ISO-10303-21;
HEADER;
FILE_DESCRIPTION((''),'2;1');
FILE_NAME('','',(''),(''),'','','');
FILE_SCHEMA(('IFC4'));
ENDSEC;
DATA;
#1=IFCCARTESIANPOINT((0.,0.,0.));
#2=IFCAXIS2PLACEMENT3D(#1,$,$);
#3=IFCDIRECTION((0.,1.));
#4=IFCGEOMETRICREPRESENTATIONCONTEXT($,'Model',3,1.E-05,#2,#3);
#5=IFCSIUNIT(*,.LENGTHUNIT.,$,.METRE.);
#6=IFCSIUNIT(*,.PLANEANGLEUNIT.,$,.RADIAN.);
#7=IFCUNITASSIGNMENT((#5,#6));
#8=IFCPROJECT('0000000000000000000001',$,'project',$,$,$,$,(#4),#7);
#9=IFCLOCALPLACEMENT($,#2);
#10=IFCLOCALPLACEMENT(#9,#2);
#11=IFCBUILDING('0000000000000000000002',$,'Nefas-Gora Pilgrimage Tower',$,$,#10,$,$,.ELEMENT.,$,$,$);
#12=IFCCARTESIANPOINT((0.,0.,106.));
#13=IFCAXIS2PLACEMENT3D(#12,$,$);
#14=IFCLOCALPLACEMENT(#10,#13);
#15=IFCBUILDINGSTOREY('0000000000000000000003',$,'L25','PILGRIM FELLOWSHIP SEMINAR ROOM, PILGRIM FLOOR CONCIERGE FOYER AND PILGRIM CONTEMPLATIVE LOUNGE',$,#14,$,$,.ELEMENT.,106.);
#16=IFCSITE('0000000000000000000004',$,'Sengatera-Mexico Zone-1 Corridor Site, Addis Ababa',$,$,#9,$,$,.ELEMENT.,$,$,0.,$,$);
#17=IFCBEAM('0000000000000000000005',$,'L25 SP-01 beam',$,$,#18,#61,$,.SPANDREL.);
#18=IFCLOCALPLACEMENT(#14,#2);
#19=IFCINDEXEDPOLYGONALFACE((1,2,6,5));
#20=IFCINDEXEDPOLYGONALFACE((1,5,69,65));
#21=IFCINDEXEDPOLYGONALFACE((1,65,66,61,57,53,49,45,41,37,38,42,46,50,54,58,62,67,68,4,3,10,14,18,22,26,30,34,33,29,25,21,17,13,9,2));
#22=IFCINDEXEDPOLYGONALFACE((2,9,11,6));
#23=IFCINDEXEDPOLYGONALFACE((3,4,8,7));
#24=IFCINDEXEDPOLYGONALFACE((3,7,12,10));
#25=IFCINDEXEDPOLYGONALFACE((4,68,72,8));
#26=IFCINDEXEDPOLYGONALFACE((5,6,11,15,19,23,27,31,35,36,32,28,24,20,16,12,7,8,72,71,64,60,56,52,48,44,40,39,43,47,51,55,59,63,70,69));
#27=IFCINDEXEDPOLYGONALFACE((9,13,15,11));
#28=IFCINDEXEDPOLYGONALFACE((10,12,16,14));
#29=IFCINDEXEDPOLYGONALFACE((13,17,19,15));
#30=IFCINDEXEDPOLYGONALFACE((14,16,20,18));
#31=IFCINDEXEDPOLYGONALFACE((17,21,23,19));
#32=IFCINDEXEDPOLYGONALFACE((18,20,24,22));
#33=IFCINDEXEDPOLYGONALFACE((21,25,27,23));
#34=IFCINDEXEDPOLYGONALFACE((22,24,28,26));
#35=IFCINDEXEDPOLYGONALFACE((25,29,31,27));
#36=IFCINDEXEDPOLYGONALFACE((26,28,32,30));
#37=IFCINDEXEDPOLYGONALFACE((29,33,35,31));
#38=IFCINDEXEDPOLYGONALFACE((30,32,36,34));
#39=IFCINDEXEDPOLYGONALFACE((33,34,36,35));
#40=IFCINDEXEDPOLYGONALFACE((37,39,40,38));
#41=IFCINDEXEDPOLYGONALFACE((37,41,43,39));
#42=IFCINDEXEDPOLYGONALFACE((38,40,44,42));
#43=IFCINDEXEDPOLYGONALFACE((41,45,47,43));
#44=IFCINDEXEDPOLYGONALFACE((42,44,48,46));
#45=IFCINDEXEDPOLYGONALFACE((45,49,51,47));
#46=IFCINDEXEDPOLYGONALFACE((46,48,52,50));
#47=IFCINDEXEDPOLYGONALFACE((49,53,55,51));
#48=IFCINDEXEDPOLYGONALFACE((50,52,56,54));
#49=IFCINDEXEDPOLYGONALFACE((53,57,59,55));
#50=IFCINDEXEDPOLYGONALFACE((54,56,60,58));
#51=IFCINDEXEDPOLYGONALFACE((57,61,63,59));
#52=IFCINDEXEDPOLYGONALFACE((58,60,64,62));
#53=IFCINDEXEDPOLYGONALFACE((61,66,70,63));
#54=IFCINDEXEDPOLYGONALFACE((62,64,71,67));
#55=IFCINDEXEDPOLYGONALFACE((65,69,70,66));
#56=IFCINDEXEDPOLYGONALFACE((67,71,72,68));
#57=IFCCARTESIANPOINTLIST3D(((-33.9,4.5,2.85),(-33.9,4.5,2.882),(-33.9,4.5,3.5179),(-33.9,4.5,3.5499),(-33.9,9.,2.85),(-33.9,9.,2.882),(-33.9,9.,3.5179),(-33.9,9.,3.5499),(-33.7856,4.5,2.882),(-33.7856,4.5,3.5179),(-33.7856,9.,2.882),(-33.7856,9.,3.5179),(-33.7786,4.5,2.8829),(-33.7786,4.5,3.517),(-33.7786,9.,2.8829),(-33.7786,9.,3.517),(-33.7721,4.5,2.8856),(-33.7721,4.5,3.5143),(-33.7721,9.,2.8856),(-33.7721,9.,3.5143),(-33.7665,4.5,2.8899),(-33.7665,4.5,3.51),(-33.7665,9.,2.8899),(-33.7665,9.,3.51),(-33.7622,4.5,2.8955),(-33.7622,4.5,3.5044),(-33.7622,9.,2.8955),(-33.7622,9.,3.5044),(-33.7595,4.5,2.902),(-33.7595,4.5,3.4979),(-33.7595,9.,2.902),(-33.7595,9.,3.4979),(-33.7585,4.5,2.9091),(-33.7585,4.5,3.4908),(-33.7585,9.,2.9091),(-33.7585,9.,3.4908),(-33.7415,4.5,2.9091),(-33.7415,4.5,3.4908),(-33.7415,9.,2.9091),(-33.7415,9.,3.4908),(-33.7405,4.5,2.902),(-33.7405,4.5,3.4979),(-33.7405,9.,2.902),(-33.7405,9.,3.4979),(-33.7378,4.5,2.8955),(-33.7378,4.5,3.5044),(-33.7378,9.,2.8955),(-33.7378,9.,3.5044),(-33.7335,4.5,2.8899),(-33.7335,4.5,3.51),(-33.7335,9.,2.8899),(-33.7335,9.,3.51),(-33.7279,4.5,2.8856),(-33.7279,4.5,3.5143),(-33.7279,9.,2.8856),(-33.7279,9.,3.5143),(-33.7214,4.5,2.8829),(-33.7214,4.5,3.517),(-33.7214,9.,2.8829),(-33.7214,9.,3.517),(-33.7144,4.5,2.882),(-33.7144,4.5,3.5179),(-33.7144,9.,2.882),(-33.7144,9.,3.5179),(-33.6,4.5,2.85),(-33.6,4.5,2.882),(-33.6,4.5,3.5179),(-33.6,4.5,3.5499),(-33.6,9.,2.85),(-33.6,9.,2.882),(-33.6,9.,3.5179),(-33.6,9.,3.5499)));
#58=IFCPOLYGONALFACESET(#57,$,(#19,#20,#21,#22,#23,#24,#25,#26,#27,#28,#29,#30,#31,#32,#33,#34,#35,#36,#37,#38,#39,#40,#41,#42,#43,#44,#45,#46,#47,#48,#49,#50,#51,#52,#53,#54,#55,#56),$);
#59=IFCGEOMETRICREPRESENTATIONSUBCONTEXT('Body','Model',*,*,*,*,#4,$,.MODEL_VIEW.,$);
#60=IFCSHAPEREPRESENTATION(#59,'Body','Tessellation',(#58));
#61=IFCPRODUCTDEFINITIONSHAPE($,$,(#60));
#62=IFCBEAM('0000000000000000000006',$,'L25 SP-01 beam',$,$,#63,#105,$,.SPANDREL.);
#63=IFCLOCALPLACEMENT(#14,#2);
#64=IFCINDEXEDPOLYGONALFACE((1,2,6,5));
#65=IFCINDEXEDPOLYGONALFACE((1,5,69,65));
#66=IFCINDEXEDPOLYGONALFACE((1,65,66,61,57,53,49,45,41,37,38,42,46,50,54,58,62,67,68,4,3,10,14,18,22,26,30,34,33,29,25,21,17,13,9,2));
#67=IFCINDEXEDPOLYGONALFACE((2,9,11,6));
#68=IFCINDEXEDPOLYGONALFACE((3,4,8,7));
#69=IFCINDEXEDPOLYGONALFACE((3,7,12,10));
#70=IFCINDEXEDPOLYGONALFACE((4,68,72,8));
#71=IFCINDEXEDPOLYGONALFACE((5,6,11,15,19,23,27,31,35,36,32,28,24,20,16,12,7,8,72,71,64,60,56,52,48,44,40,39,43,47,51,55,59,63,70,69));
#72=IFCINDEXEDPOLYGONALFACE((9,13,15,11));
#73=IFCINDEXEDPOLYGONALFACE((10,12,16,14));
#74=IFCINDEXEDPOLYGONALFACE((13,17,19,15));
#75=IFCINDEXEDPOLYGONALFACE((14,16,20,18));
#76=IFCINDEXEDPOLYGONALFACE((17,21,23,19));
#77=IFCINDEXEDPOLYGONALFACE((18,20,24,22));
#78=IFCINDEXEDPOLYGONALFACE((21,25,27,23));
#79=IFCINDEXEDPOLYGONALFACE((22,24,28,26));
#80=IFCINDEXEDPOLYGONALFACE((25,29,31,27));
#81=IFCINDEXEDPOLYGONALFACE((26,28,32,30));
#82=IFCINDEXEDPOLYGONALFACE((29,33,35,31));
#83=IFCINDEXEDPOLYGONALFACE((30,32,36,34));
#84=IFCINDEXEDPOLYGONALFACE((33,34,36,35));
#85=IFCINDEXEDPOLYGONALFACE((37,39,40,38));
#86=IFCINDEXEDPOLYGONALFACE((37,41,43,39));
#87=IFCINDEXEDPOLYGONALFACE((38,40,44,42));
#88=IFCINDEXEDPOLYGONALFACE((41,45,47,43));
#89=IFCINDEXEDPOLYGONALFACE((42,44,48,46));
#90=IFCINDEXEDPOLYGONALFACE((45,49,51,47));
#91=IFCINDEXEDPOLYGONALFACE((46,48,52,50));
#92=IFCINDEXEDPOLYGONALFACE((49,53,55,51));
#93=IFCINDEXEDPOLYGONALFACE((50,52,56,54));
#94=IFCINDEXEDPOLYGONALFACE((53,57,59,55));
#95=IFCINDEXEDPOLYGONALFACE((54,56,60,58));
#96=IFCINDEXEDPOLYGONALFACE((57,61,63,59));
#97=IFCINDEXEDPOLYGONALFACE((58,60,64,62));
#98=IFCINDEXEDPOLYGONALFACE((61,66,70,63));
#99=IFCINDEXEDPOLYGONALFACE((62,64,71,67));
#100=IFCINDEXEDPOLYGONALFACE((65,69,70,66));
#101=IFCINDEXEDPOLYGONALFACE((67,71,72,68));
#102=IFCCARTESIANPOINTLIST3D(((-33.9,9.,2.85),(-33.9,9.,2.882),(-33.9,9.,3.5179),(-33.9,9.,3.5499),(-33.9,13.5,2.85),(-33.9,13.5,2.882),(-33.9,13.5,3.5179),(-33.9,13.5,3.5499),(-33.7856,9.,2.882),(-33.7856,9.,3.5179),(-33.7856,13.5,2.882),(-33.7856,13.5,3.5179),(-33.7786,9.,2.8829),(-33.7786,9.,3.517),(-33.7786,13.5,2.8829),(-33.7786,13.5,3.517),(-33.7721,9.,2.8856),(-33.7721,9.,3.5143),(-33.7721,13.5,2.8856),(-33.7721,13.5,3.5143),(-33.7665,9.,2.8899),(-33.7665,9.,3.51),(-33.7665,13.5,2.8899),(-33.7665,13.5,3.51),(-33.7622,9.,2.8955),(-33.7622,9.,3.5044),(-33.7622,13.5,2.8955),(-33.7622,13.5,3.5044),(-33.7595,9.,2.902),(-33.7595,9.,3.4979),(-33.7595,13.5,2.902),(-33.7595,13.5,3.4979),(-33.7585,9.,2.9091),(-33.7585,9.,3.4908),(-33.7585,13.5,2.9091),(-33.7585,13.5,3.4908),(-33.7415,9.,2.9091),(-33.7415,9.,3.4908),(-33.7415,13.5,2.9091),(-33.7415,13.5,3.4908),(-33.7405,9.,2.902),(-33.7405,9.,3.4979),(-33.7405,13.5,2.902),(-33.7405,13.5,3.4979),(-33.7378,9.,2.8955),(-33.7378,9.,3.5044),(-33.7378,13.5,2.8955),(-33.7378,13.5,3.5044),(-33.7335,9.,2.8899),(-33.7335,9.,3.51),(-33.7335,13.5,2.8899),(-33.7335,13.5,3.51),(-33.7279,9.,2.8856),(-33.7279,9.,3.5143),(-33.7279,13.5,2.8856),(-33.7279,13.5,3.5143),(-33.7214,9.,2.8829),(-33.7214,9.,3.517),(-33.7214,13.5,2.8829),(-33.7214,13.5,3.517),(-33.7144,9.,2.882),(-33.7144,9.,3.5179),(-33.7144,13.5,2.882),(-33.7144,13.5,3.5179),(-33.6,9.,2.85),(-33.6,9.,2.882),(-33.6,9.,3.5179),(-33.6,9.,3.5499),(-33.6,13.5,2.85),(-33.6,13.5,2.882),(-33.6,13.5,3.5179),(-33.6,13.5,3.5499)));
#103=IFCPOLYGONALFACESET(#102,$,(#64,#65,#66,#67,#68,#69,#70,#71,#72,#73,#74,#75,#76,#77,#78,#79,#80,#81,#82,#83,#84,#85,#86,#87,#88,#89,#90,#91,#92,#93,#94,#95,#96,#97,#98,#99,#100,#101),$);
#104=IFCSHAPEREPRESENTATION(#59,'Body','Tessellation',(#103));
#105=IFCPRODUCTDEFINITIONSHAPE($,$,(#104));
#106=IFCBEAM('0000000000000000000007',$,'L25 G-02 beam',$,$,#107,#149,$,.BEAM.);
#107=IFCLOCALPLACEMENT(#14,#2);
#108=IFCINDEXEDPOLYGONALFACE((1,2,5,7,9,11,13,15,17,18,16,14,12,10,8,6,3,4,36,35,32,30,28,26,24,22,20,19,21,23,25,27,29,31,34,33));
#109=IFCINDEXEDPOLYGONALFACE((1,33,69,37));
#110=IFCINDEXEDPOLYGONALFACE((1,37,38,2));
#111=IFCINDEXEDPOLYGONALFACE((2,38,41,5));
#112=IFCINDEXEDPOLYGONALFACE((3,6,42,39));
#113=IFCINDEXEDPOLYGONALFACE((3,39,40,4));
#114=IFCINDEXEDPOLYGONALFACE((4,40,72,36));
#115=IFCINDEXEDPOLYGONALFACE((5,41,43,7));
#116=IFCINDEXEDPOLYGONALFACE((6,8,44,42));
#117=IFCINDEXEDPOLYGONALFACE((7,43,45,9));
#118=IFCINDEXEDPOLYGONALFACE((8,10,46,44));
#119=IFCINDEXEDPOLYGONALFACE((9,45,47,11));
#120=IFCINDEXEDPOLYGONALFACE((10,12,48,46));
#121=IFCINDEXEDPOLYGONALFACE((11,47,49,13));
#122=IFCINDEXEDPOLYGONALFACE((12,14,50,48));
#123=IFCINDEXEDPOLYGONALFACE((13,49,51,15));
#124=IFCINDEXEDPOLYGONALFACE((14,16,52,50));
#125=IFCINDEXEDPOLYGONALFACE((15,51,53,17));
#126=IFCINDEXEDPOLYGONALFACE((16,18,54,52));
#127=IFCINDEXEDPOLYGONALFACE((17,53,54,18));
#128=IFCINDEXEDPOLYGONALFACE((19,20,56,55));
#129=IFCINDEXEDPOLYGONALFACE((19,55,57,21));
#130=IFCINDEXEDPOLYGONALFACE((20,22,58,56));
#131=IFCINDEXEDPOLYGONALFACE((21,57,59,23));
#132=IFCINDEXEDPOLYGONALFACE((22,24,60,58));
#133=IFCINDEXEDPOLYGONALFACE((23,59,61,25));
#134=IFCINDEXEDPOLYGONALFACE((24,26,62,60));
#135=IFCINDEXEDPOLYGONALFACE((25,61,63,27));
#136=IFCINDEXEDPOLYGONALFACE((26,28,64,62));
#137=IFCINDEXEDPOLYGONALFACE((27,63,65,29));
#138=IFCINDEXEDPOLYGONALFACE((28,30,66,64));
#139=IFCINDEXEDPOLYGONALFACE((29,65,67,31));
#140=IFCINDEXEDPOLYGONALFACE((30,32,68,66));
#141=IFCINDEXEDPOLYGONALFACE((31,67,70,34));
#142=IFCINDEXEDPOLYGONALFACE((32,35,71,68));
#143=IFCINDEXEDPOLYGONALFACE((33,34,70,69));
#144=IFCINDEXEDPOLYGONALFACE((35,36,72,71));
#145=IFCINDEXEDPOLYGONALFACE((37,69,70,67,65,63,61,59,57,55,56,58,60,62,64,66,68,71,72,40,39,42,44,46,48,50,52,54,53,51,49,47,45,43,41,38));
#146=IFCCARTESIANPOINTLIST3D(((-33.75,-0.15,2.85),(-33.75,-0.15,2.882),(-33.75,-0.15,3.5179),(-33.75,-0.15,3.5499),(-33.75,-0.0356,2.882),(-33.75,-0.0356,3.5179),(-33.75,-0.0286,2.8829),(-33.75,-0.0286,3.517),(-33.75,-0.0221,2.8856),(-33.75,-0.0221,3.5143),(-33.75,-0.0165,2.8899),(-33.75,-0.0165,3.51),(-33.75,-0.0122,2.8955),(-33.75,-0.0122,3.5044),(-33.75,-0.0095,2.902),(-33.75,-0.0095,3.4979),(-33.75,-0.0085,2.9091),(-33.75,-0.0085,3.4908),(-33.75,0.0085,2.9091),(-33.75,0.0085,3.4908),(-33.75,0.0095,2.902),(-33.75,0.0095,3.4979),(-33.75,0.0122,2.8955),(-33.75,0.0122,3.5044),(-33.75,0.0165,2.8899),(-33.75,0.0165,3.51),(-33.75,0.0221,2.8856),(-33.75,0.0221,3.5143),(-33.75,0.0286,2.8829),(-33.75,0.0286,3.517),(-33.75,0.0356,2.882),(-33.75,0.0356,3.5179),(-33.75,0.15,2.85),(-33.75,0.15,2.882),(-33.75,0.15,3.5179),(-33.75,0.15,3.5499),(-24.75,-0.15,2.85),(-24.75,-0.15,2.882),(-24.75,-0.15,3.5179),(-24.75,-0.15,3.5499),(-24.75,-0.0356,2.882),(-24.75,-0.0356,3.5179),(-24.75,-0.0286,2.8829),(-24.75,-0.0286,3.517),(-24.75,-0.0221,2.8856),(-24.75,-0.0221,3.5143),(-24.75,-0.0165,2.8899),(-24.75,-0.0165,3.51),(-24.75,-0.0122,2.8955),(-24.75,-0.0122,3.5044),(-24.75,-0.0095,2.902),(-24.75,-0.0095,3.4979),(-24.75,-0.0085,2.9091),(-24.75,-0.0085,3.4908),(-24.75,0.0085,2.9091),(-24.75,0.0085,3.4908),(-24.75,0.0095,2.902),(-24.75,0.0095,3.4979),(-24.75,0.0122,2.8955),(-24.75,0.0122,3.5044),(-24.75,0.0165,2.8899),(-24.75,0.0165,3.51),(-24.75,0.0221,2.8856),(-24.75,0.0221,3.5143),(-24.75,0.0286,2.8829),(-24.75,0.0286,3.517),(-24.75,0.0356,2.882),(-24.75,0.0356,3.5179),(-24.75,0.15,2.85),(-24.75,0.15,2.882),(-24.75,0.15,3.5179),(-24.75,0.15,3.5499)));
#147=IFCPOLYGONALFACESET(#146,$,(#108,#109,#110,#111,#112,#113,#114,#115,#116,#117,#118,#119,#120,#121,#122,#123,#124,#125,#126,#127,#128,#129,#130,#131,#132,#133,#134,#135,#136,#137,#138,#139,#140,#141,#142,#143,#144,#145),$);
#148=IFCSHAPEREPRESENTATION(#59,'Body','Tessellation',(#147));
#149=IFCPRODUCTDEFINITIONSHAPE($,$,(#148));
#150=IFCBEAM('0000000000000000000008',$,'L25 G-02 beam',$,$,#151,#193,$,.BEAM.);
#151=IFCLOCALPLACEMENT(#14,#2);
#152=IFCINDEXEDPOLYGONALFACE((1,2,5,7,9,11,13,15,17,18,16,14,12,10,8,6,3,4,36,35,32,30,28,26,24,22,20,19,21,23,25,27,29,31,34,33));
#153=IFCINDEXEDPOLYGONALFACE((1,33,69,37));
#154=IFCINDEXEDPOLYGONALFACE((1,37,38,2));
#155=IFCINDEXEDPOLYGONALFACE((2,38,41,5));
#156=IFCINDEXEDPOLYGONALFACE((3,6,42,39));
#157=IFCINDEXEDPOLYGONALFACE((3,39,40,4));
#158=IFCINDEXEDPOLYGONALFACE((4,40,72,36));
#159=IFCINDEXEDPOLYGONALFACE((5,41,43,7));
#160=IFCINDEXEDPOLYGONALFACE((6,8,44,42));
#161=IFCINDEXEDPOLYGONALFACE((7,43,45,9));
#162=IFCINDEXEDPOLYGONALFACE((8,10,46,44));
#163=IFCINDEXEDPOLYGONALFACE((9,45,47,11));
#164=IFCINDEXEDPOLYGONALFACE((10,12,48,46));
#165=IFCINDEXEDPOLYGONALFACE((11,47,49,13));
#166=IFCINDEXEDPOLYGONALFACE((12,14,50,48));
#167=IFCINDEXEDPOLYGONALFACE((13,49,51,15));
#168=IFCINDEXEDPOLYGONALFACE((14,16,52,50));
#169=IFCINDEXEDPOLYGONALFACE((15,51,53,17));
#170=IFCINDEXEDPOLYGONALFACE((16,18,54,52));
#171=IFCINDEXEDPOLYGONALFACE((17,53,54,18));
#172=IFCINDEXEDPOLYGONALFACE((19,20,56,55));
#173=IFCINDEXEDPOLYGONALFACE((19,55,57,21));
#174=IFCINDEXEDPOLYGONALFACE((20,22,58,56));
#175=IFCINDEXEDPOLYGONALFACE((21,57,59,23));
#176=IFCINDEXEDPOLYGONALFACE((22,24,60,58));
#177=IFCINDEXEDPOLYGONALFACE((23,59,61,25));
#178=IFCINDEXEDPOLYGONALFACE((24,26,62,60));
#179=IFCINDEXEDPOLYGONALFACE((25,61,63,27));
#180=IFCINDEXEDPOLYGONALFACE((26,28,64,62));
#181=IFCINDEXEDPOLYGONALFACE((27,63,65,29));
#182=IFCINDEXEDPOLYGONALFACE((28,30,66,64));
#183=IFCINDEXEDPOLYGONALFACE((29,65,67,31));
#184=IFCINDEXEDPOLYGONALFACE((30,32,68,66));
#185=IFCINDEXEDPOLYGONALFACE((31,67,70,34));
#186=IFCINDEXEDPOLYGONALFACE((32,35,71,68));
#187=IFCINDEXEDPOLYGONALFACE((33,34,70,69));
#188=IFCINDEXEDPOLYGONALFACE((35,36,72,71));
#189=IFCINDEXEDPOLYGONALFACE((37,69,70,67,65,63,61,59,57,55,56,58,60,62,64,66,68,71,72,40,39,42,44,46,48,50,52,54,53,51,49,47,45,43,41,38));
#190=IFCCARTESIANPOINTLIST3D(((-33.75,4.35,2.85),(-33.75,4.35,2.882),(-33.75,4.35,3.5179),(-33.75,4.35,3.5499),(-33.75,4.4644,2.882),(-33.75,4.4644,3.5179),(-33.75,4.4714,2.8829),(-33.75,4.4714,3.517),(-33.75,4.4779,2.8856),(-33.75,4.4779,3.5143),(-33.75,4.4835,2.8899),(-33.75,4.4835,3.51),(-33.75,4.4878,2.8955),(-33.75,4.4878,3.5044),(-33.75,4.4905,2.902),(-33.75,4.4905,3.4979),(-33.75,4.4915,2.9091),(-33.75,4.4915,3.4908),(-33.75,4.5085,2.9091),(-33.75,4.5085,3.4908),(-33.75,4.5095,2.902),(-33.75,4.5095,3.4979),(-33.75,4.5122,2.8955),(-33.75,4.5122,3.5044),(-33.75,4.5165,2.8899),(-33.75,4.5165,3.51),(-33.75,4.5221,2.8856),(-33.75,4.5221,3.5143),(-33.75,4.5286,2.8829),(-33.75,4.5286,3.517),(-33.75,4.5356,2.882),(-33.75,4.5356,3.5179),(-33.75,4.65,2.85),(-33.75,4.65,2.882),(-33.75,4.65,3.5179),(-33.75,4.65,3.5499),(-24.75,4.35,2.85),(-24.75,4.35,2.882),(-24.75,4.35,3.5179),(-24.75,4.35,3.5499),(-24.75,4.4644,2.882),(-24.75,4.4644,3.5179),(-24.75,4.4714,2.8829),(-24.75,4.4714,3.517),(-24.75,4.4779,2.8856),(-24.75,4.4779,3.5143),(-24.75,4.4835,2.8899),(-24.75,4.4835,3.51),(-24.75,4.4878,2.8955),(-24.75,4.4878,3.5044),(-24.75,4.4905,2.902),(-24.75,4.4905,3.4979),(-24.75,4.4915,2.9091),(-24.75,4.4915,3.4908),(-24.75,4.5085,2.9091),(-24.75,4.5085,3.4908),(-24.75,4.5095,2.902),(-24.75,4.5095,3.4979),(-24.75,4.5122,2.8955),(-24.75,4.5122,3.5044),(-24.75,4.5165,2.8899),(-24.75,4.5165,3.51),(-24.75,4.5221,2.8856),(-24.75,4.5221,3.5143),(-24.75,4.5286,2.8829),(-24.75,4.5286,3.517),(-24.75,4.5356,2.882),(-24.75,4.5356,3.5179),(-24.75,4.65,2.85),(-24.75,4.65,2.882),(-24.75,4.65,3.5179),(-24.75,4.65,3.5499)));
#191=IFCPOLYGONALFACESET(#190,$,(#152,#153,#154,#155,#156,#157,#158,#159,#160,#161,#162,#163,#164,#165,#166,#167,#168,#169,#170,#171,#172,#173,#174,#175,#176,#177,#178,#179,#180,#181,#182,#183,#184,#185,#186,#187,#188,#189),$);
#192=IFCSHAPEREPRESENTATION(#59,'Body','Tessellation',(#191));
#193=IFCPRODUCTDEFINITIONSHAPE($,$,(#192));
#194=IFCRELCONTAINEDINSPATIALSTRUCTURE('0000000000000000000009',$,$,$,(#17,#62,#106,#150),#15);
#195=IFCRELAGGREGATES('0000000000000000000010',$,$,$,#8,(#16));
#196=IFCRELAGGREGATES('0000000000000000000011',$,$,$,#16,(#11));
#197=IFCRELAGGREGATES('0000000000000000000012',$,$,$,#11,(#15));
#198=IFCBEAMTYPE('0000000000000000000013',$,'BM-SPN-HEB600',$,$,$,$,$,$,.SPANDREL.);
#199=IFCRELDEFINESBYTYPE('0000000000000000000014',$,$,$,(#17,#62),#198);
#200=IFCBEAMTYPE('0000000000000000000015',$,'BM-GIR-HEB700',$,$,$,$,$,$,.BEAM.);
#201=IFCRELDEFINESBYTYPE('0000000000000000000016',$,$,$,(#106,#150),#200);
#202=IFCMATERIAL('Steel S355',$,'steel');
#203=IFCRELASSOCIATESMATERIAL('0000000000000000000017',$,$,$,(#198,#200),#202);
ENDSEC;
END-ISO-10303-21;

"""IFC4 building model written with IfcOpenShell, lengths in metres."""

from ifc_helpers import new_model, si_unit, direction, frame, origin, origin_2d, place, context, subcontext, project, spatial, i_section, extrude, source, transform, mapped, material, material_profile, profile_set, type_object, element, save


model = new_model("IFC4")

# Units and contexts
model_context = context("Model", 3, precision=1e-05, world=origin(), true_north=direction((0.0, 1.0)))
body_context = subcontext(model_context, "Body", "Model", "MODEL_VIEW")
ifc_project = project(units=[si_unit("LENGTHUNIT", "METRE"), si_unit("PLANEANGLEUNIT", "RADIAN")], contexts=[model_context])

# Site, building, storey
site_placement = place(None, origin())
site = spatial("IfcSite", under=ifc_project, at=site_placement, Name="Sengatera-Mexico Zone-1 Corridor Site, Addis Ababa", CompositionType="ELEMENT", RefElevation=0.0)
building_placement = place(site_placement, origin())
building = spatial("IfcBuilding", under=site, at=building_placement, Name="Nefas-Gora Pilgrimage Tower", CompositionType="ELEMENT")
storey_placement = place(building_placement, frame((0.0, 0.0, 106.0)))
storey = spatial("IfcBuildingStorey", under=building, at=storey_placement, Name="L25", Description="PILGRIM FELLOWSHIP SEMINAR ROOM, PILGRIM FLOOR CONCIERGE FOYER AND PILGRIM CONTEMPLATIVE LOUNGE", CompositionType="ELEMENT", Elevation=106.0)

# Beams
ifc_material_1 = material(Name="Steel S355", Category="steel")
ifc_material_profile_1 = material_profile(ifc_material_1, i_section(OverallWidth=0.3, OverallDepth=0.7, WebThickness=0.0171, FlangeThickness=0.032, FilletRadius=0.0271, at=origin_2d()), Name="HEB 700")
ifc_profile_set_1 = profile_set([ifc_material_profile_1], Name="Steel S355")
beam_type_1 = type_object("IfcBeamType", Name="BM-SPN-HEB600", PredefinedType="SPANDREL", material=ifc_profile_set_1)
shared_shape_1 = source(origin(), body_context, "Body", "SweptSolid", [
    extrude(i_section(OverallWidth=0.3, OverallDepth=0.7, WebThickness=0.0171, FlangeThickness=0.032, FilletRadius=0.0271, at=origin_2d()), origin(), (0.0, 0.0, 1.0), 4.5),
])
for number, where, z_axis, x_axis, name in (
    (1, (-33.75, 4.5, 3.2), (0.0, 1.0, 0.0), (-1.0, 0.0, 0.0), "L25 SP-01 beam"),
    (2, (-33.75, 9.0, 3.2), (0.0, 1.0, 0.0), (-1.0, 0.0, 0.0), "L25 SP-01 beam"),
):
    element("IfcBeam", number, at=place(storey_placement, frame(where, z_axis=z_axis, x_axis=x_axis)), inside=storey, type_object=beam_type_1, Name=name, PredefinedType="SPANDREL", context=body_context, shape_type="MappedRepresentation", body=[
        mapped(shared_shape_1, transform((0.0, 0.0, 0.0), x_axis=(1.0, 0.0, 0.0), y_axis=(0.0, 1.0, 0.0), z_axis=(0.0, 0.0, 1.0), scale=1.0)),
    ])
ifc_material_profile_2 = material_profile(ifc_material_1, i_section(OverallWidth=0.3, OverallDepth=0.7, WebThickness=0.0171, FlangeThickness=0.032, FilletRadius=0.0271, at=origin_2d()), Name="HEB 700")
ifc_profile_set_2 = profile_set([ifc_material_profile_2], Name="Steel S355")
beam_type_2 = type_object("IfcBeamType", Name="BM-GIR-HEB700", PredefinedType="BEAM", material=ifc_profile_set_2)
shared_shape_2 = source(origin(), body_context, "Body", "SweptSolid", [
    extrude(i_section(OverallWidth=0.3, OverallDepth=0.7, WebThickness=0.0171, FlangeThickness=0.032, FilletRadius=0.0271, at=origin_2d()), origin(), (0.0, 0.0, 1.0), 9.0),
])
for number, where, z_axis, x_axis, name in (
    (3, (-33.75, 0.0, 3.2), (1.0, 0.0, 0.0), (0.0, 1.0, 0.0), "L25 G-02 beam"),
    (4, (-33.75, 4.5, 3.2), (1.0, 0.0, 0.0), (0.0, 1.0, 0.0), "L25 G-02 beam"),
):
    element("IfcBeam", number, at=place(storey_placement, frame(where, z_axis=z_axis, x_axis=x_axis)), inside=storey, type_object=beam_type_2, Name=name, PredefinedType="BEAM", context=body_context, shape_type="MappedRepresentation", body=[
        mapped(shared_shape_2, transform((0.0, 0.0, 0.0), x_axis=(1.0, 0.0, 0.0), y_axis=(0.0, 1.0, 0.0), z_axis=(0.0, 0.0, 1.0), scale=1.0)),
    ])

save(model, "model.ifc")
